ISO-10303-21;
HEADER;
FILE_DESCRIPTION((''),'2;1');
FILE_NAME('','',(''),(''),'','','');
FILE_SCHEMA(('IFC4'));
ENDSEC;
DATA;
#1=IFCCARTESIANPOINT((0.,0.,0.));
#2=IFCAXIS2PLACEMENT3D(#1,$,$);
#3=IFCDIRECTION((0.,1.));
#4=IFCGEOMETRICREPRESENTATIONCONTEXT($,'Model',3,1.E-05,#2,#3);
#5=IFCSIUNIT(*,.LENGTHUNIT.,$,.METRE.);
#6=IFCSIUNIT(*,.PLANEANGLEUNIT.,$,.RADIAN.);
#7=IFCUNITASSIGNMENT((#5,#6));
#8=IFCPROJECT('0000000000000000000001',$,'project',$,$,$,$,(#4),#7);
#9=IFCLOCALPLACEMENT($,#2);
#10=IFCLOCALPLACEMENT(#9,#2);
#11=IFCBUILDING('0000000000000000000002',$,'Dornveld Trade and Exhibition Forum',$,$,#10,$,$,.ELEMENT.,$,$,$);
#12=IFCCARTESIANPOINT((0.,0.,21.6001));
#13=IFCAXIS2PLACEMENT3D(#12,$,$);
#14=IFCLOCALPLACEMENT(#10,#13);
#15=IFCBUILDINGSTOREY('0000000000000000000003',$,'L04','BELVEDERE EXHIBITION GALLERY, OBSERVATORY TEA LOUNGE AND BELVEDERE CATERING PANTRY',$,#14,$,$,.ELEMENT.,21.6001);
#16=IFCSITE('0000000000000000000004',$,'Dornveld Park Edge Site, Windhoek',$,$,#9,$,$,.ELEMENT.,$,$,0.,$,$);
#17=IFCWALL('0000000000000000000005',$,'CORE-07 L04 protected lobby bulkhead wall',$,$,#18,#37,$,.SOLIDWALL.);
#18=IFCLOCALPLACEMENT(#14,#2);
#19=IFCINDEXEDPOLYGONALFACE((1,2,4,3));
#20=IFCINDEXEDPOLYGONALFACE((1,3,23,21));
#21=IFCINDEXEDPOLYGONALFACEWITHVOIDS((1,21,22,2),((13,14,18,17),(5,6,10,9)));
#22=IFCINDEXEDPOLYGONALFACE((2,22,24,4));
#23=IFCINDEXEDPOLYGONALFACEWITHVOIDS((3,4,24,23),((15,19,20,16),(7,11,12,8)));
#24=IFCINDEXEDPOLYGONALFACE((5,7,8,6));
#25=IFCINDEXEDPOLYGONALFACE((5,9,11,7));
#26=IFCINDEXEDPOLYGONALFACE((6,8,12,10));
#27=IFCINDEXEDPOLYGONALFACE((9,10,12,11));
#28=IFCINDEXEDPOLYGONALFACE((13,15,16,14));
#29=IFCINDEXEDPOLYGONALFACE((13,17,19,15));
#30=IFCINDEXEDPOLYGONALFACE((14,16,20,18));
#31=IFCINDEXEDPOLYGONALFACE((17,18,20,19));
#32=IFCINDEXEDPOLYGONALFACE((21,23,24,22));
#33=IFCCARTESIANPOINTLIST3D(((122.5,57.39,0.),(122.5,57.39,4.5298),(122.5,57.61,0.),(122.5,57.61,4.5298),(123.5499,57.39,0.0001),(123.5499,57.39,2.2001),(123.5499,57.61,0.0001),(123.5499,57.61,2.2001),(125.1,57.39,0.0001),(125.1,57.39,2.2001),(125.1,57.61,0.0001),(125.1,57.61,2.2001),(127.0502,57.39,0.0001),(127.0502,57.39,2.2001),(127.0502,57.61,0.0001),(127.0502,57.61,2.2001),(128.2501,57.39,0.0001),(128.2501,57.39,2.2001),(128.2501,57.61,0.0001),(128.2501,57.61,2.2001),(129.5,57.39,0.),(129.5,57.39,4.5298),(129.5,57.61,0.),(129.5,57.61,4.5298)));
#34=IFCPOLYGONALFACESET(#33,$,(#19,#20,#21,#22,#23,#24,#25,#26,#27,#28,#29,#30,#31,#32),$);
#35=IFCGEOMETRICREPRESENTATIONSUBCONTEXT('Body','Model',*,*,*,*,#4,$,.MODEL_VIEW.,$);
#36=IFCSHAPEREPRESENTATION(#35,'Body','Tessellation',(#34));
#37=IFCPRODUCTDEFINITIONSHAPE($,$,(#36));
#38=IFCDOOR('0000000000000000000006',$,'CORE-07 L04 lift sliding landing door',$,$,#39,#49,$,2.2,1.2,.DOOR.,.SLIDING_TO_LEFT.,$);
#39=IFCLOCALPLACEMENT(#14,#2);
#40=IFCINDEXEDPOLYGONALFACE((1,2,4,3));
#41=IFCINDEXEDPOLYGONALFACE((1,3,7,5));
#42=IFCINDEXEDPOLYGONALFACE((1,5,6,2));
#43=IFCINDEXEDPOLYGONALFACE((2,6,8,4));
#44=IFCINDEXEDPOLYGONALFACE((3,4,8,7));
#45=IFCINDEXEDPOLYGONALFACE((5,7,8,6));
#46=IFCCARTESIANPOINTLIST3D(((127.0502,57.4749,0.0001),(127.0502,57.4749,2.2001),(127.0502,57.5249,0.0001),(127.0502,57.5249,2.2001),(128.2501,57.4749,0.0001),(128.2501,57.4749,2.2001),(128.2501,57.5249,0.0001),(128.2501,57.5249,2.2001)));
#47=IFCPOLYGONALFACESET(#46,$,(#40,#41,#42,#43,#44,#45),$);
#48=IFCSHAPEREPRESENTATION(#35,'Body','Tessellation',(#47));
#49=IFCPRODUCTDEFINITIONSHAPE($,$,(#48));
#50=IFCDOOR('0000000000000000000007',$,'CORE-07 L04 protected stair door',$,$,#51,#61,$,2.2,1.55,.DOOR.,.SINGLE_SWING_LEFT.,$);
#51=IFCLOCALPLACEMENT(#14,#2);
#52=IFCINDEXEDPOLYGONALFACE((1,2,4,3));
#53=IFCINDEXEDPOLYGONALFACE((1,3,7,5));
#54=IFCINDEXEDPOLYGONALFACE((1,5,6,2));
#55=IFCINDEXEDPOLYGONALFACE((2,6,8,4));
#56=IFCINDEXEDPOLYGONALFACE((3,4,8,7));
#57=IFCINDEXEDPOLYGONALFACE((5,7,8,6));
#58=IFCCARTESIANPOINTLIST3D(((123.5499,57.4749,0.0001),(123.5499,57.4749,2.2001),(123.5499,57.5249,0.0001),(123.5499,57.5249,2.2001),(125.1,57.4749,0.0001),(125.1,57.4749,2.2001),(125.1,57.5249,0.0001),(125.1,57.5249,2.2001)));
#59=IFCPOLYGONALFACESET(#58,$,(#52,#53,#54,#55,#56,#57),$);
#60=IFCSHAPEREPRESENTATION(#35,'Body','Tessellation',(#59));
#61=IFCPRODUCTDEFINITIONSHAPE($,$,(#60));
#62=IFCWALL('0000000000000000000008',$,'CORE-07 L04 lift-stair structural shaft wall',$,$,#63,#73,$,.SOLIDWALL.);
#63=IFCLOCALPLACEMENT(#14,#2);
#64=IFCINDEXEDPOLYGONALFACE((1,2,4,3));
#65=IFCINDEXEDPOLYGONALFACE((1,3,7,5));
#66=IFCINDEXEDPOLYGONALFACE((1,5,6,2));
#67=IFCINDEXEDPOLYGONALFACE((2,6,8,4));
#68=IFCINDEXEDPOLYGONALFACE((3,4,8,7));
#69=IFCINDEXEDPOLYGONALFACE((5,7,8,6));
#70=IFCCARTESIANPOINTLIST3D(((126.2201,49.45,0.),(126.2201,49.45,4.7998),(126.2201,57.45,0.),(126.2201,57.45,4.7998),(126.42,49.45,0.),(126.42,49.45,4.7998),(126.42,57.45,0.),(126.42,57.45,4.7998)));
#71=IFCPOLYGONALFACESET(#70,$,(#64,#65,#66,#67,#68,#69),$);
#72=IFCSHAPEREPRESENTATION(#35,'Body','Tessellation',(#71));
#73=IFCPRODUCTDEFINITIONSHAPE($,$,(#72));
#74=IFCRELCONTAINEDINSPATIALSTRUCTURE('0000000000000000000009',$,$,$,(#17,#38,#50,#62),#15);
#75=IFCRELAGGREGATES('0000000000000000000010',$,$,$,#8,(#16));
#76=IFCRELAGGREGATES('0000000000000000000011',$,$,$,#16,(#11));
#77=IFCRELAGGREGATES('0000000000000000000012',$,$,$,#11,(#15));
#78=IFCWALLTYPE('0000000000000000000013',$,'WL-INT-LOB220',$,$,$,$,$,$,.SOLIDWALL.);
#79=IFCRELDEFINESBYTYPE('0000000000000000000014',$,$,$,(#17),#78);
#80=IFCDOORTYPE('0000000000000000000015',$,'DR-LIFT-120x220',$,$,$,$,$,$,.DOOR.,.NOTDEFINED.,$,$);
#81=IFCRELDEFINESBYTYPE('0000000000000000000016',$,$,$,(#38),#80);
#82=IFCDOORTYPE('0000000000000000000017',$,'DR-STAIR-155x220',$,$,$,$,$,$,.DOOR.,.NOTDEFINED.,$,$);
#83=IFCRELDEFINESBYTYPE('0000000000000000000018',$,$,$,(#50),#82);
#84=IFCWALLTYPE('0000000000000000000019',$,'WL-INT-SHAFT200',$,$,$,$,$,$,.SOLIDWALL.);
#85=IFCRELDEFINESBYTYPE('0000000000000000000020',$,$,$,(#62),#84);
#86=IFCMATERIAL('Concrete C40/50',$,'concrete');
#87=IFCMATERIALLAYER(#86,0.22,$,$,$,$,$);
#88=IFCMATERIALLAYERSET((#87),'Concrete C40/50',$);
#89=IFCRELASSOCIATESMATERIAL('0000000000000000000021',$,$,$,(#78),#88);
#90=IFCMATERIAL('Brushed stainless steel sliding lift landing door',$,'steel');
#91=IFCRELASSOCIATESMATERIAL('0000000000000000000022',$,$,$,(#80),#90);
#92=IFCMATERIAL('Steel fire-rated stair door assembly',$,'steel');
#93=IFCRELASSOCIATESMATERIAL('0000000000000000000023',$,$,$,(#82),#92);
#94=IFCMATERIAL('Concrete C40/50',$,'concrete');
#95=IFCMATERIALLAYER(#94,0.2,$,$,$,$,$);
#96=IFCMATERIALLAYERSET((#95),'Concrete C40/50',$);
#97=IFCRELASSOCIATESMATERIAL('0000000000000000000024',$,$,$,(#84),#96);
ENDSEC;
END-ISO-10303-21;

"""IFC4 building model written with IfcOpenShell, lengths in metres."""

from ifc_helpers import new_model, si_unit, direction, frame, frame_2d, origin, place, context, subcontext, project, spatial, rectangle, extrude, material, layer, layer_set, type_object, element, fill, save


model = new_model("IFC4")

# Units and contexts
model_context = context("Model", 3, precision=1e-05, world=origin(), true_north=direction((0.0, 1.0)))
body_context = subcontext(model_context, "Body", "Model", "MODEL_VIEW")
ifc_project = project(units=[si_unit("LENGTHUNIT", "METRE"), si_unit("PLANEANGLEUNIT", "RADIAN")], contexts=[model_context])

# Site, building, storey
site_placement = place(None, origin())
site = spatial("IfcSite", under=ifc_project, at=site_placement, Name="Dornveld Park Edge Site, Windhoek", CompositionType="ELEMENT", RefElevation=0.0)
building_placement = place(site_placement, origin())
building = spatial("IfcBuilding", under=site, at=building_placement, Name="Dornveld Trade and Exhibition Forum", CompositionType="ELEMENT")
storey_placement = place(building_placement, frame((0.0, 0.0, 21.6001)))
storey = spatial("IfcBuildingStorey", under=building, at=storey_placement, Name="L04", Description="BELVEDERE EXHIBITION GALLERY, OBSERVATORY TEA LOUNGE AND BELVEDERE CATERING PANTRY", CompositionType="ELEMENT", Elevation=21.6001)

# Wall, openings, doors
ifc_material_1 = material(Name="Concrete C40/50", Category="concrete")
ifc_layer_1 = layer(ifc_material_1, 0.22)
ifc_layer_set_1 = layer_set([ifc_layer_1], Name="Concrete C40/50")
wall_type_1 = type_object("IfcWallType", Name="WL-INT-LOB220", PredefinedType="SOLIDWALL", material=ifc_layer_set_1)
wall_1_placement = place(storey_placement, frame((122.5, 57.5, 0.0), z_axis=(0.0, 0.0, 1.0), x_axis=(1.0, 0.0, 0.0)))
wall_1 = element("IfcWall", 1, at=wall_1_placement, inside=storey, type_object=wall_type_1, Name="CORE-07 L04 protected lobby bulkhead wall", PredefinedType="SOLIDWALL", context=body_context, shape_type="SweptSolid", body=[
    extrude(rectangle(XDim=7.0, YDim=0.22, at=frame_2d((3.5, 0.0))), origin(), (0.0, 0.0, 1.0), 4.5298),
])
opening_1_placement = place(wall_1_placement, frame((1.05, 0.0, 0.0)))
opening_1 = element("IfcOpeningElement", 2, at=opening_1_placement, cuts=wall_1, PredefinedType="OPENING", context=body_context, shape_type="SweptSolid", body=[
    extrude(rectangle(XDim=1.55, YDim=2.2, at=frame_2d((0.7749, 1.1001))), frame((0.0, 0.1199, 0.0), z_axis=(0.0, -1.0, 0.0), x_axis=(1.0, 0.0, 0.0)), (0.0, 0.0, 1.0), 0.24),
])
opening_2_placement = place(wall_1_placement, frame((4.55, 0.0, 0.0)))
opening_2 = element("IfcOpeningElement", 3, at=opening_2_placement, cuts=wall_1, PredefinedType="OPENING", context=body_context, shape_type="SweptSolid", body=[
    extrude(rectangle(XDim=1.2, YDim=2.2, at=frame_2d((0.6001, 1.1001))), frame((0.0, 0.1199, 0.0), z_axis=(0.0, -1.0, 0.0), x_axis=(1.0, 0.0, 0.0)), (0.0, 0.0, 1.0), 0.24),
])
ifc_material_2 = material(Name="Brushed stainless steel sliding lift landing door", Category="steel")
door_type_1 = type_object("IfcDoorType", Name="DR-LIFT-120x220", OperationType="NOTDEFINED", PredefinedType="DOOR", material=ifc_material_2)
door_1_placement = place(opening_2_placement, origin())
door_1 = element("IfcDoor", 4, at=door_1_placement, inside=storey, type_object=door_type_1, Name="CORE-07 L04 lift sliding landing door", OperationType="SLIDING_TO_LEFT", OverallHeight=2.2, OverallWidth=1.2, PredefinedType="DOOR", context=body_context, shape_type="SweptSolid", body=[
    extrude(rectangle(XDim=1.2, YDim=2.2, at=frame_2d((0.6001, 1.1001))), frame((0.0, 0.0249, 0.0), z_axis=(0.0, -1.0, 0.0), x_axis=(1.0, 0.0, 0.0)), (0.0, 0.0, 1.0), 0.05),
])
fill(opening_2, door_1)
ifc_material_3 = material(Name="Steel fire-rated stair door assembly", Category="steel")
door_type_2 = type_object("IfcDoorType", Name="DR-STAIR-155x220", OperationType="NOTDEFINED", PredefinedType="DOOR", material=ifc_material_3)
door_2_placement = place(opening_1_placement, origin())
door_2 = element("IfcDoor", 5, at=door_2_placement, inside=storey, type_object=door_type_2, Name="CORE-07 L04 protected stair door", OperationType="SINGLE_SWING_LEFT", OverallHeight=2.2, OverallWidth=1.55, PredefinedType="DOOR", context=body_context, shape_type="SweptSolid", body=[
    extrude(rectangle(XDim=1.55, YDim=2.2, at=frame_2d((0.7749, 1.1001))), frame((0.0, 0.0249, 0.0), z_axis=(0.0, -1.0, 0.0), x_axis=(1.0, 0.0, 0.0)), (0.0, 0.0, 1.0), 0.05),
])
fill(opening_1, door_2)

# Wall
ifc_material_4 = material(Name="Concrete C40/50", Category="concrete")
ifc_layer_2 = layer(ifc_material_4, 0.2)
ifc_layer_set_2 = layer_set([ifc_layer_2], Name="Concrete C40/50")
wall_type_2 = type_object("IfcWallType", Name="WL-INT-SHAFT200", PredefinedType="SOLIDWALL", material=ifc_layer_set_2)
wall_2_placement = place(storey_placement, frame((126.3201, 49.45, 0.0), z_axis=(0.0, 0.0, 1.0), x_axis=(0.0, 1.0, 0.0)))
element("IfcWall", 6, at=wall_2_placement, inside=storey, type_object=wall_type_2, Name="CORE-07 L04 lift-stair structural shaft wall", PredefinedType="SOLIDWALL", context=body_context, shape_type="SweptSolid", body=[
    extrude(rectangle(XDim=8.0, YDim=0.2, at=frame_2d((4.0, 0.0))), origin(), (0.0, 0.0, 1.0), 4.7998),
])

save(model, "model.ifc")
